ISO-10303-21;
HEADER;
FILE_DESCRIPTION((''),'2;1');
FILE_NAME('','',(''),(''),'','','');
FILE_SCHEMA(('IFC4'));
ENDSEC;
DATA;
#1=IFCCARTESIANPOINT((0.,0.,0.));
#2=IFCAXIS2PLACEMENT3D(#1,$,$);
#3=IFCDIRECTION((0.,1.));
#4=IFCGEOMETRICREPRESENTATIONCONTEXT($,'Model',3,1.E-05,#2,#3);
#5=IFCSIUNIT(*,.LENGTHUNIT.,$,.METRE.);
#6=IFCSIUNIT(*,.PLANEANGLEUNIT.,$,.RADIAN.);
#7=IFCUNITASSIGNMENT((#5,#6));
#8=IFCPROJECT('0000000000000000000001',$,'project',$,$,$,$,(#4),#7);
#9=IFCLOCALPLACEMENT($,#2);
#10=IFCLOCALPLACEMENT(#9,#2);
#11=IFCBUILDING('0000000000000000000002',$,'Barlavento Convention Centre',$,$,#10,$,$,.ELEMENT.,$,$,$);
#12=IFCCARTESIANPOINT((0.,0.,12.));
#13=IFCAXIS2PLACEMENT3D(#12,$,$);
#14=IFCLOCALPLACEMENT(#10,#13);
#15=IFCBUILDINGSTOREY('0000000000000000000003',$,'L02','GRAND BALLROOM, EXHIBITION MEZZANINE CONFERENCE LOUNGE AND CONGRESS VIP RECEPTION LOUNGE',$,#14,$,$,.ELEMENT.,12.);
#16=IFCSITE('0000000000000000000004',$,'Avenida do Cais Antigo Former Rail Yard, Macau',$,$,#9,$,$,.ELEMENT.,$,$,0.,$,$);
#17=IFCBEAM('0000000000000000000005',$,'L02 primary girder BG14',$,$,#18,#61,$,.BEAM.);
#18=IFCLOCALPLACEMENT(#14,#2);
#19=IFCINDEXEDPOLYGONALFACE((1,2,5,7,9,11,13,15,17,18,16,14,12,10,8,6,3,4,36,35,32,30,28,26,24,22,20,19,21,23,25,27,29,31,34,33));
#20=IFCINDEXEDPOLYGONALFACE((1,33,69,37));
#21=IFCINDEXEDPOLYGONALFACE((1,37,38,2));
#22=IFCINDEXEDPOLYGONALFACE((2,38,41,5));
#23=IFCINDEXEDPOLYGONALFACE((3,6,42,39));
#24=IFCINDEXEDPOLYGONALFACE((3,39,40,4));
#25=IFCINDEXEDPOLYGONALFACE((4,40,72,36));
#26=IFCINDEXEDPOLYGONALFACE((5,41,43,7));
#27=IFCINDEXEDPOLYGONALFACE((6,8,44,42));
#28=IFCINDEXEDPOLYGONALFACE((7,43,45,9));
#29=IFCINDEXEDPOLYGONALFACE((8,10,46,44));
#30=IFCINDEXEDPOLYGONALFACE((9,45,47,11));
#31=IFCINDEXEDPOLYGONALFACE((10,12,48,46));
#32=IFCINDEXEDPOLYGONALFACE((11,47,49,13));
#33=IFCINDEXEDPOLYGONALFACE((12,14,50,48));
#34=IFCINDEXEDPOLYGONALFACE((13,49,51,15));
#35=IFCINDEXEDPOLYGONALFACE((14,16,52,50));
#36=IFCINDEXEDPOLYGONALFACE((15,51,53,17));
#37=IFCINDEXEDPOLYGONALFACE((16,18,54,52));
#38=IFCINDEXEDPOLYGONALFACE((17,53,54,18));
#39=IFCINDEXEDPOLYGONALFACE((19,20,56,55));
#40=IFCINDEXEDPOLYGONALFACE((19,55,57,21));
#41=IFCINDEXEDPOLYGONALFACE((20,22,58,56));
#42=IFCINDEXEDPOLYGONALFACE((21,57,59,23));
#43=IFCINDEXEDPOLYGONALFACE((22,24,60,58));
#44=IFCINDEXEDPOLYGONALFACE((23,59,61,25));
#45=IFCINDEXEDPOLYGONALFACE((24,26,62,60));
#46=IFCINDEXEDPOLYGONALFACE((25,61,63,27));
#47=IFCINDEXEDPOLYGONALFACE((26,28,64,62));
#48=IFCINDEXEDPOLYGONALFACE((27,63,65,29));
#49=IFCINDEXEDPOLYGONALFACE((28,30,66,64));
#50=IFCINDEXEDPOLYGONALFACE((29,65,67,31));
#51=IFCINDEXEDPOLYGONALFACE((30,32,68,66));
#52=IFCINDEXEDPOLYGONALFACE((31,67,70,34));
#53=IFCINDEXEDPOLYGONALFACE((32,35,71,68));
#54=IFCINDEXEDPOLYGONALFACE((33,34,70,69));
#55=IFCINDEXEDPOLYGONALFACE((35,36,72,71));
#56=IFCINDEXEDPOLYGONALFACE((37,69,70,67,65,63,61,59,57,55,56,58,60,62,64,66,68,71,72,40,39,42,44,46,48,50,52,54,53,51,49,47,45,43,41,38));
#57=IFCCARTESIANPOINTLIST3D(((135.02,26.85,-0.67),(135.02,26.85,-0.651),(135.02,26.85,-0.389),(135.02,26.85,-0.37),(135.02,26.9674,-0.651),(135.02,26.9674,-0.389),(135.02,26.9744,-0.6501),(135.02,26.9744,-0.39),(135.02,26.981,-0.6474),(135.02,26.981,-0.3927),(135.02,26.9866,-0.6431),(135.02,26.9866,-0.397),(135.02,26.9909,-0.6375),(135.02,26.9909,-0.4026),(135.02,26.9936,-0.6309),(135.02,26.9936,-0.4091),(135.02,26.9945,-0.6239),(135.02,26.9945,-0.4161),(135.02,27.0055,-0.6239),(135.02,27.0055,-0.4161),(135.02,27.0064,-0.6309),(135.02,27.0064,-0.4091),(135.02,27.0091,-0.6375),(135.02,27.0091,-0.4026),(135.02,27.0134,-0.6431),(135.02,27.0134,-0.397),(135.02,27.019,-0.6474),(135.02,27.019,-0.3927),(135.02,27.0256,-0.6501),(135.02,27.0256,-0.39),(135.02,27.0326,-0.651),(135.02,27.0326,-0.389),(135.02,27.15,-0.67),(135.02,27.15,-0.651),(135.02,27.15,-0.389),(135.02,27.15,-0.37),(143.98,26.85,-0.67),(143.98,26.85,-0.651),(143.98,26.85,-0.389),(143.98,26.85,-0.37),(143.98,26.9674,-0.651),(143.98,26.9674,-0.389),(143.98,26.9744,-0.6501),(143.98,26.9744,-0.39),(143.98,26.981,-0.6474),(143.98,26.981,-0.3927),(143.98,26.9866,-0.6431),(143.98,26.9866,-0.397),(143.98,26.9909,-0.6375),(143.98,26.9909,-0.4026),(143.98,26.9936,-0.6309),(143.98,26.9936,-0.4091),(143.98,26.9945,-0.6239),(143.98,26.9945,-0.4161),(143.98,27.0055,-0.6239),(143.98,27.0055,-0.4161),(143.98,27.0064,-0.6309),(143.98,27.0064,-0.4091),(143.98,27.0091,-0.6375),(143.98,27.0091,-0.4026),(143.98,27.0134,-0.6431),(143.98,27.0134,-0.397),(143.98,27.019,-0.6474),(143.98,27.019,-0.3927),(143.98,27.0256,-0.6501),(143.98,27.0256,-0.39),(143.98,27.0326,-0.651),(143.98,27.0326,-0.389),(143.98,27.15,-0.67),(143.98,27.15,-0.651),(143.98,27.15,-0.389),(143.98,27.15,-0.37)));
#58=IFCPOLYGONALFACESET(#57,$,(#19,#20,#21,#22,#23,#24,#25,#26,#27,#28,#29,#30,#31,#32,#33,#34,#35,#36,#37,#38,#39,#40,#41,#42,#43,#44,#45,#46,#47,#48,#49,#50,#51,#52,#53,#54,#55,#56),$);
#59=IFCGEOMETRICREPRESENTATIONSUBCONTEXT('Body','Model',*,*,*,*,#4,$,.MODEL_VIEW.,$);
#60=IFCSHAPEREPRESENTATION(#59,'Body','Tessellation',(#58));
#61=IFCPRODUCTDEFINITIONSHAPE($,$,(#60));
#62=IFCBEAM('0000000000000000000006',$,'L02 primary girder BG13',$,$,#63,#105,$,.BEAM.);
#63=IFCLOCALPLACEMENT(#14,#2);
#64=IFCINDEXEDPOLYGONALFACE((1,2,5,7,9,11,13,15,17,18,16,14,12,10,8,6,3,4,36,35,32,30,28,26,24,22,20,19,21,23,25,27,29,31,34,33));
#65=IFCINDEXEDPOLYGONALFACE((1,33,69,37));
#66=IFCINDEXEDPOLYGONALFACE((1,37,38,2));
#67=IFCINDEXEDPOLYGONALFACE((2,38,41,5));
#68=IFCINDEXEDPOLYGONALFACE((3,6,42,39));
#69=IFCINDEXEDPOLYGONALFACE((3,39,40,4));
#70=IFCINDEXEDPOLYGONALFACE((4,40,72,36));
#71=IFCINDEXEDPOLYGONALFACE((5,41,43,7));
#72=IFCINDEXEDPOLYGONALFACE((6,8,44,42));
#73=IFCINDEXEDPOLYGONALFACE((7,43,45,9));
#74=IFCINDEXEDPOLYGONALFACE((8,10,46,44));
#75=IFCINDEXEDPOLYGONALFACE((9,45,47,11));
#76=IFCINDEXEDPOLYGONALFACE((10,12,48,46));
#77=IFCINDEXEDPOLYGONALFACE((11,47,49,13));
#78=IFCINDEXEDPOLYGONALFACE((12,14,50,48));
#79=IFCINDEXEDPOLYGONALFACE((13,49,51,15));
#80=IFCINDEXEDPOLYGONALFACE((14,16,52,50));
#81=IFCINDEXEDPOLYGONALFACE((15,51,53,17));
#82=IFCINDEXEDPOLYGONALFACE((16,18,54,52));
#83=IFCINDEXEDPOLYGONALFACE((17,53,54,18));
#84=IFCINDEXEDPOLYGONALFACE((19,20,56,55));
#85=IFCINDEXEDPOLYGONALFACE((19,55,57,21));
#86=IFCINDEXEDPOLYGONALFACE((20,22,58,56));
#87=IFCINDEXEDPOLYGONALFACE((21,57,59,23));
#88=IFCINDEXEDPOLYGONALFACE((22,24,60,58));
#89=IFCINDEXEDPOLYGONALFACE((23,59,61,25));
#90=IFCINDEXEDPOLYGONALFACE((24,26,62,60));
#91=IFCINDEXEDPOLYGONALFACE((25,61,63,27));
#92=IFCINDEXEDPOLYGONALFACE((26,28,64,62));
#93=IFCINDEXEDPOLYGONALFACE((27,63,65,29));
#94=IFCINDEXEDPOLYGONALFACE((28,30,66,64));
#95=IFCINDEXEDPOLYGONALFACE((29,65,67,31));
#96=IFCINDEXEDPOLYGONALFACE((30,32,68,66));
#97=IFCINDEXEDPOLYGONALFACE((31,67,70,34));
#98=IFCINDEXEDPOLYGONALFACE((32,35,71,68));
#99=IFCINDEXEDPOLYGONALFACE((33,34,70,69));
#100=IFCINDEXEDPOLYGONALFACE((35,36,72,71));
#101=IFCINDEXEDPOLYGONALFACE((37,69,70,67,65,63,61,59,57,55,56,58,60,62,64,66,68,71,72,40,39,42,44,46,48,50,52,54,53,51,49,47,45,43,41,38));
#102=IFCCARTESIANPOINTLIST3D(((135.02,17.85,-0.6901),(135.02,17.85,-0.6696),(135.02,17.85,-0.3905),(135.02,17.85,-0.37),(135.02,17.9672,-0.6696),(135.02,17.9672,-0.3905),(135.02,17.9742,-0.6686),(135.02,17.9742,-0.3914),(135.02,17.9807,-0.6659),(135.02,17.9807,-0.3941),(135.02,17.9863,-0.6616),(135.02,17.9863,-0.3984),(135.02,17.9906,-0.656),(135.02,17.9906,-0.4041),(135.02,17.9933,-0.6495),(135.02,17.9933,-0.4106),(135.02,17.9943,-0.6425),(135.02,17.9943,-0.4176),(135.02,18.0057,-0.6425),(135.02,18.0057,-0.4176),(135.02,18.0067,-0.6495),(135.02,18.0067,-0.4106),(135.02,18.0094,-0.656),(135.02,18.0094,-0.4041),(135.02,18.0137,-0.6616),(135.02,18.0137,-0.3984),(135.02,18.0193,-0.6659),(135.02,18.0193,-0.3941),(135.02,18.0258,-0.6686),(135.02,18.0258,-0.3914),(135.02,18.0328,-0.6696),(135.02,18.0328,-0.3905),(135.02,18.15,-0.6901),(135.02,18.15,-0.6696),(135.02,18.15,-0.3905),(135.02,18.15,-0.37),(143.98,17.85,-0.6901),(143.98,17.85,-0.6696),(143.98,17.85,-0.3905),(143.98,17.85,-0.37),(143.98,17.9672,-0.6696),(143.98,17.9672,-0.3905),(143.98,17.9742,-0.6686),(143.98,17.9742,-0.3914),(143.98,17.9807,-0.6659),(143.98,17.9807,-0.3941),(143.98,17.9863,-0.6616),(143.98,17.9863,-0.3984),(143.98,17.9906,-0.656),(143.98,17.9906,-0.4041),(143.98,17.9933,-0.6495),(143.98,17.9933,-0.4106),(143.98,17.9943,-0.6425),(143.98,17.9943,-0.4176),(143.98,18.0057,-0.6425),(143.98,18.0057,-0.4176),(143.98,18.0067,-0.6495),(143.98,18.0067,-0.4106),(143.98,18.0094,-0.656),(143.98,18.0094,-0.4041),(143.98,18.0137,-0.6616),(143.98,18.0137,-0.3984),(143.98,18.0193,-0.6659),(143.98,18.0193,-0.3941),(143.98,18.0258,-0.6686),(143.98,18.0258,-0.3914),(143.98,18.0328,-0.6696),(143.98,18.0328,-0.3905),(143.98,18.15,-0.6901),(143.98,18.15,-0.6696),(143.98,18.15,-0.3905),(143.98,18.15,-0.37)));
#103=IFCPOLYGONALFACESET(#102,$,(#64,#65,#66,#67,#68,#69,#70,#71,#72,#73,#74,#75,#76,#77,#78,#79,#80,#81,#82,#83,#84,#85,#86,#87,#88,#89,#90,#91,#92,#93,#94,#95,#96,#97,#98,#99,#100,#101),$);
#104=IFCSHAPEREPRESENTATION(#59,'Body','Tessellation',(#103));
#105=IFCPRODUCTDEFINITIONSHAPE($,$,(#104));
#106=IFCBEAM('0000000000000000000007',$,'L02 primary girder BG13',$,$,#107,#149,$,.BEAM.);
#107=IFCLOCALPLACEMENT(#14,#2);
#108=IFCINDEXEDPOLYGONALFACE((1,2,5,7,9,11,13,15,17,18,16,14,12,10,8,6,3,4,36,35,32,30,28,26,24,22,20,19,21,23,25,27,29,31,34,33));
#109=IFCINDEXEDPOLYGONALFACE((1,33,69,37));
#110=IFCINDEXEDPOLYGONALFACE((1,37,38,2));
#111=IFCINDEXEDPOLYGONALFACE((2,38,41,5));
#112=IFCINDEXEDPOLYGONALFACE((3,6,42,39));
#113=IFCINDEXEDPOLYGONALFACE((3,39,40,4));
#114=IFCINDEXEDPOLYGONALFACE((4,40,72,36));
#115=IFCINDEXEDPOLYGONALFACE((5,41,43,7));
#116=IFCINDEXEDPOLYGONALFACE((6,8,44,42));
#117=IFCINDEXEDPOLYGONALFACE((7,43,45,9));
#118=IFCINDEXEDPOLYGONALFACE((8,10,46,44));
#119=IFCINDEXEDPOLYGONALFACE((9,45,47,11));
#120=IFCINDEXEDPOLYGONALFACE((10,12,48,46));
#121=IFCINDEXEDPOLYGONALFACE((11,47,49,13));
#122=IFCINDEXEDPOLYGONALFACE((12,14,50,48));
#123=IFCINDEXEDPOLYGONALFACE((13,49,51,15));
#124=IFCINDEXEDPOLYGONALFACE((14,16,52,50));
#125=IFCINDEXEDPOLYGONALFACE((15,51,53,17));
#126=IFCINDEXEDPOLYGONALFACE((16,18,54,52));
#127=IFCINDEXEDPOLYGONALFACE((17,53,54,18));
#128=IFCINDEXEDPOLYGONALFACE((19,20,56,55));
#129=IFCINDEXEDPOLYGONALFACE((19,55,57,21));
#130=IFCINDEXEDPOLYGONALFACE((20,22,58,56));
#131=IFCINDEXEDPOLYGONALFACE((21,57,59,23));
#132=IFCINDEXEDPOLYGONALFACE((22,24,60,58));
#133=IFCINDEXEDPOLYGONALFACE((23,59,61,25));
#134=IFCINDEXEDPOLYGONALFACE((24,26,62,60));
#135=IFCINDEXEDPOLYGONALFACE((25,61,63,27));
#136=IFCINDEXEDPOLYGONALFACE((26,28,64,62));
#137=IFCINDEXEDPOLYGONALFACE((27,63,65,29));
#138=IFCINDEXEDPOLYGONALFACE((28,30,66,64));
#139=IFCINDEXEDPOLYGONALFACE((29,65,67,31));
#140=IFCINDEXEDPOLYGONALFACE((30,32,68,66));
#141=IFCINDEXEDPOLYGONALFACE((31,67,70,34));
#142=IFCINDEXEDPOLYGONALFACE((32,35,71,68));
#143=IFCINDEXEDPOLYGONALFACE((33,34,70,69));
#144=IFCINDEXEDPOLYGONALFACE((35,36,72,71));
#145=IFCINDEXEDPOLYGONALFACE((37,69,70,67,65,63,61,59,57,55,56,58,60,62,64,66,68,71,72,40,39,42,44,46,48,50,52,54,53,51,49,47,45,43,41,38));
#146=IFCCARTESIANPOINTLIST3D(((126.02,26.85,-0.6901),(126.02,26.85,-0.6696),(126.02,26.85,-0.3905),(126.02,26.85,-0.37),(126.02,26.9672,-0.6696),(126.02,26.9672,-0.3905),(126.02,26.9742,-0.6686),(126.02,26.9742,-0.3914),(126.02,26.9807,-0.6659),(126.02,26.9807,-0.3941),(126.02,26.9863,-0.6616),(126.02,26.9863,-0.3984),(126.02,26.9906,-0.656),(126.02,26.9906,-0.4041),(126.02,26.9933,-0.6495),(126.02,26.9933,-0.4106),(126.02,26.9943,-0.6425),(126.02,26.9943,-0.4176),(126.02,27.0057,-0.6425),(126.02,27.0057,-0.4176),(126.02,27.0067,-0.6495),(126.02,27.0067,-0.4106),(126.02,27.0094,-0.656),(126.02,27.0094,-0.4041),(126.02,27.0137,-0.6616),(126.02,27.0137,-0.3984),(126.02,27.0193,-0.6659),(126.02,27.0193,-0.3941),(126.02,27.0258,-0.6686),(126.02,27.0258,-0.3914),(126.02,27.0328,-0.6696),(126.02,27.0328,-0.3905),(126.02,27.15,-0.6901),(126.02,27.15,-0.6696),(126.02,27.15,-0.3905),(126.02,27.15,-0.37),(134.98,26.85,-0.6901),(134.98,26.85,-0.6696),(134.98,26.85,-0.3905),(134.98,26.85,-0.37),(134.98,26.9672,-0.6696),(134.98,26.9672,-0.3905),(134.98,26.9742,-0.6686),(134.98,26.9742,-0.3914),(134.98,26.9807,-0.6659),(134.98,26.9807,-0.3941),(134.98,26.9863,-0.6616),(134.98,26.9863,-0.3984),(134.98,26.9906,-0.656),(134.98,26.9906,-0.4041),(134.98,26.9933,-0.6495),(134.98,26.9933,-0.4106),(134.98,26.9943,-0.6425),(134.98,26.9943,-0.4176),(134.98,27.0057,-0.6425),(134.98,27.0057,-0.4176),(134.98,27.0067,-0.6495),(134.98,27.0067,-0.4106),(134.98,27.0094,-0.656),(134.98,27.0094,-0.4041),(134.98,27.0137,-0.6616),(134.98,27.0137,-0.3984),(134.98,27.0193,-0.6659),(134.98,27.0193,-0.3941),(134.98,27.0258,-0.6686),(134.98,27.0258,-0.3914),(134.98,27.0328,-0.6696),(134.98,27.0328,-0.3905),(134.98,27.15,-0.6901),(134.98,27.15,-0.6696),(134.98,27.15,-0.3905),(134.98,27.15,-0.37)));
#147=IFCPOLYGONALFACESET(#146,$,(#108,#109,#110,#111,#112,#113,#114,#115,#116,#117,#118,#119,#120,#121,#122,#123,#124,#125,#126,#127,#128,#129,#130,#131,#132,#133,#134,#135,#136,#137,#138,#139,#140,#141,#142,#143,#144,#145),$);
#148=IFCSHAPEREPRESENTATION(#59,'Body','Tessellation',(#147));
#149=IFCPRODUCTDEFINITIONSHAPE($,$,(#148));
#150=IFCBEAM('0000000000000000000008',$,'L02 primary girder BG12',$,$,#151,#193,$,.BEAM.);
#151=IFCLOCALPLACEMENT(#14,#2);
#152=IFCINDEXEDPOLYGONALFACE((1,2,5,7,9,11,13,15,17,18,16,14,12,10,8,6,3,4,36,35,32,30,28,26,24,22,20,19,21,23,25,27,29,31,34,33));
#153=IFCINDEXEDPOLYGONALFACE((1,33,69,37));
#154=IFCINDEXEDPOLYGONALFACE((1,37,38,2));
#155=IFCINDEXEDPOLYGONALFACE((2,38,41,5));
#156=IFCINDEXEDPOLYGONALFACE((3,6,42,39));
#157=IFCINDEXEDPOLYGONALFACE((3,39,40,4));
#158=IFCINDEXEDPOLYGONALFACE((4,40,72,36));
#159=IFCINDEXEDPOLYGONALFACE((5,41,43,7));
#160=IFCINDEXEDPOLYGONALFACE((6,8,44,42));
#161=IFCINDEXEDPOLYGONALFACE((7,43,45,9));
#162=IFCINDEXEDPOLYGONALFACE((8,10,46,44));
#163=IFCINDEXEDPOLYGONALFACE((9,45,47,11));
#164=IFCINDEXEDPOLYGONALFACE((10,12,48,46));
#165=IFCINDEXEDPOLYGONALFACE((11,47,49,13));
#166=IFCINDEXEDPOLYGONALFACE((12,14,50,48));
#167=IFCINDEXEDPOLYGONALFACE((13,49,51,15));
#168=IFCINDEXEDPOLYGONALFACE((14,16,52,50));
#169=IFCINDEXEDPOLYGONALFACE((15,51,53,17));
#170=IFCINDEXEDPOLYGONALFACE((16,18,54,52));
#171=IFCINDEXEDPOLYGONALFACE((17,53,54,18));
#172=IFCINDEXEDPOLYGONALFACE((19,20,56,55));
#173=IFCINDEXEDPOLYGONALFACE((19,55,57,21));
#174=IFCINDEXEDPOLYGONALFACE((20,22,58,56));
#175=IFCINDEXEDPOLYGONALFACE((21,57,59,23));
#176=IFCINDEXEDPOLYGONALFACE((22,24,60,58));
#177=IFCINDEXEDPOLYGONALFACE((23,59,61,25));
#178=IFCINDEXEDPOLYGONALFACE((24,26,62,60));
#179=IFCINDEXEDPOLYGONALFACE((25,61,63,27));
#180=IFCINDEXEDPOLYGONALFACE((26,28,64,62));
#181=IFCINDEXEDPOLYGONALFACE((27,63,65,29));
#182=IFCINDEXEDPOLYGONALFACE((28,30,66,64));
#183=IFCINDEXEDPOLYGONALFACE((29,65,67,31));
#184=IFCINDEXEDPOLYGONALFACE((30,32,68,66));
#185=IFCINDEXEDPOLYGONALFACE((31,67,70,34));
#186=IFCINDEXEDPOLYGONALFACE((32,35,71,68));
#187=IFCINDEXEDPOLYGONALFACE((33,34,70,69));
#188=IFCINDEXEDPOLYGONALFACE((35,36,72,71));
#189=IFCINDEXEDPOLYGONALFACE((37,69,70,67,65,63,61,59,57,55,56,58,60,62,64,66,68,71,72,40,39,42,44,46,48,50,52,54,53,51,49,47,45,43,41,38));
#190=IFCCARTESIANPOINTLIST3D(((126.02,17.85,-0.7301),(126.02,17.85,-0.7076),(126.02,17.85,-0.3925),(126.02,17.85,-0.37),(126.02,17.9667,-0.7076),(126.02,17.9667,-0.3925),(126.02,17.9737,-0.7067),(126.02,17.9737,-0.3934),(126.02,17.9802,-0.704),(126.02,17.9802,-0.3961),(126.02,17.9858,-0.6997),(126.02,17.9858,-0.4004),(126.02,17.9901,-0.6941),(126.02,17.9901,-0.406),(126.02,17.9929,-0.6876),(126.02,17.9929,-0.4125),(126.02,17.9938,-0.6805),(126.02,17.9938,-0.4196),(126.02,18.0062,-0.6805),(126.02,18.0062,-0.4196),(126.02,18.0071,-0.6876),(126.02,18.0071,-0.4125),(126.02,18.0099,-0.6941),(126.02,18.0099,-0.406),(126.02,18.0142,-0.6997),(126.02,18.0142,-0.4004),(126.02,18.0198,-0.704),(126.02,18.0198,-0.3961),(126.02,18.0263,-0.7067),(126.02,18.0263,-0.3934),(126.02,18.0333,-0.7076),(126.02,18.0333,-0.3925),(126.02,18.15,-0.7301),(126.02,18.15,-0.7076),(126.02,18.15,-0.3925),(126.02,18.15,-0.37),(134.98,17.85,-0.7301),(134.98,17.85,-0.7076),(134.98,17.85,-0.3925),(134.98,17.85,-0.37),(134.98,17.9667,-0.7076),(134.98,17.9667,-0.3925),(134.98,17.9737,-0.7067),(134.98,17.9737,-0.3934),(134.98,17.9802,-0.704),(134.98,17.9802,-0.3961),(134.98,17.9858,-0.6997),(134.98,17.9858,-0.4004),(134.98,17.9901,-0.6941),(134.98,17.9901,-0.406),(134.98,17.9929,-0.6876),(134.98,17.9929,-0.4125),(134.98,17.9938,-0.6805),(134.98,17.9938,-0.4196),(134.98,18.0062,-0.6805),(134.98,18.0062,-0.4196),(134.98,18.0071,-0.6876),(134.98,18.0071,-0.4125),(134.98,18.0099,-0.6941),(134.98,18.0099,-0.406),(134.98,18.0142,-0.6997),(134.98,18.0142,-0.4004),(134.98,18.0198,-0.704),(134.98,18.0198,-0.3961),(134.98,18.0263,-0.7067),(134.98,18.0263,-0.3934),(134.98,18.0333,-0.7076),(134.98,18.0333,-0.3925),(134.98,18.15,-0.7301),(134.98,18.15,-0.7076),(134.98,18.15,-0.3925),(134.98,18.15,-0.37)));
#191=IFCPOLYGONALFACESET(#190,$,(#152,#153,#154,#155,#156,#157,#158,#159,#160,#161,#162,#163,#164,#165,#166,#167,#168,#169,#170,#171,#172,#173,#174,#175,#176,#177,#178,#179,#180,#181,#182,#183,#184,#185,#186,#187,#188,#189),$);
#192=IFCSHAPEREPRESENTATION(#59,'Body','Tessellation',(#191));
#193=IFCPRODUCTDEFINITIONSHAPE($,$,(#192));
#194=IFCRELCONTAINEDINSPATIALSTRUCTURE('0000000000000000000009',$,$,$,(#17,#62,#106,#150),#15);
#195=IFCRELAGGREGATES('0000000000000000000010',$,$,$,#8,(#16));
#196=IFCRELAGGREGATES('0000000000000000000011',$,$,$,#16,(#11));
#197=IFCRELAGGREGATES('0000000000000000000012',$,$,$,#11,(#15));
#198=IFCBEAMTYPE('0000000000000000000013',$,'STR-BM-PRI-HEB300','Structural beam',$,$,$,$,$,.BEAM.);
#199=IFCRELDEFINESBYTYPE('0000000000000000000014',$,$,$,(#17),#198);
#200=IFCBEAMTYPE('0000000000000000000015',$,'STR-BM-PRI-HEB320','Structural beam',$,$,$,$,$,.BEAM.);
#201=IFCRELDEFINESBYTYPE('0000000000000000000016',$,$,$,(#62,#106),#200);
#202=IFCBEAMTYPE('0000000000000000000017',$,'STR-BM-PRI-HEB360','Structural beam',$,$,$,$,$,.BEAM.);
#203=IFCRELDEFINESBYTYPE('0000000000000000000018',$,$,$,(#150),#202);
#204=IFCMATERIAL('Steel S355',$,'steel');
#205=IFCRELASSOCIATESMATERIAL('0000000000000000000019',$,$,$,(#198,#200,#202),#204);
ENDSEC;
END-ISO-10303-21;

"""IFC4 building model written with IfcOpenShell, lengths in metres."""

from ifc_helpers import new_model, si_unit, direction, frame, origin, origin_2d, place, context, subcontext, project, spatial, i_section, extrude, material, material_profile, profile_set, type_object, element, save


model = new_model("IFC4")

# Units and contexts
model_context = context("Model", 3, precision=1e-05, world=origin(), true_north=direction((0.0, 1.0)))
body_context = subcontext(model_context, "Body", "Model", "MODEL_VIEW")
ifc_project = project(units=[si_unit("LENGTHUNIT", "METRE"), si_unit("PLANEANGLEUNIT", "RADIAN")], contexts=[model_context])

# Site, building, storey
site_placement = place(None, origin())
site = spatial("IfcSite", under=ifc_project, at=site_placement, Name="Avenida do Cais Antigo Former Rail Yard, Macau", CompositionType="ELEMENT", RefElevation=0.0)
building_placement = place(site_placement, origin())
building = spatial("IfcBuilding", under=site, at=building_placement, Name="Barlavento Convention Centre", CompositionType="ELEMENT")
storey_placement = place(building_placement, frame((0.0, 0.0, 12.0)))
storey = spatial("IfcBuildingStorey", under=building, at=storey_placement, Name="L02", Description="GRAND BALLROOM, EXHIBITION MEZZANINE CONFERENCE LOUNGE AND CONGRESS VIP RECEPTION LOUNGE", CompositionType="ELEMENT", Elevation=12.0)

# Beams
ifc_material_1 = material(Name="Steel S355", Category="steel")
ifc_material_profile_1 = material_profile(ifc_material_1, i_section(OverallWidth=0.3, OverallDepth=0.3, WebThickness=0.011, FlangeThickness=0.019, FilletRadius=0.0271, at=origin_2d()), Name="HEB 300")
ifc_profile_set_1 = profile_set([ifc_material_profile_1], Name="Steel S355")
beam_type_1 = type_object("IfcBeamType", Name="STR-BM-PRI-HEB300", Description="Structural beam", PredefinedType="BEAM", material=ifc_profile_set_1)
beam_1_placement = place(storey_placement, frame((135.02, 27.0, -0.52), z_axis=(1.0, 0.0, 0.0), x_axis=(0.0, 1.0, 0.0)))
element("IfcBeam", 1, at=beam_1_placement, inside=storey, type_object=beam_type_1, Name="L02 primary girder BG14", PredefinedType="BEAM", context=body_context, shape_type="SweptSolid", body=[
    extrude(i_section(OverallWidth=0.3, OverallDepth=0.3, WebThickness=0.011, FlangeThickness=0.019, FilletRadius=0.0271, at=origin_2d()), origin(), (0.0, 0.0, 1.0), 8.96),
])
ifc_material_profile_2 = material_profile(ifc_material_1, i_section(OverallWidth=0.3, OverallDepth=0.3201, WebThickness=0.0115, FlangeThickness=0.0205, FilletRadius=0.0271, at=origin_2d()), Name="HEB 320")
ifc_profile_set_2 = profile_set([ifc_material_profile_2], Name="Steel S355")
beam_type_2 = type_object("IfcBeamType", Name="STR-BM-PRI-HEB320", Description="Structural beam", PredefinedType="BEAM", material=ifc_profile_set_2)
for number, where, z_axis, x_axis, name in (
    (2, (135.02, 18.0, -0.53), (1.0, 0.0, 0.0), (0.0, 1.0, 0.0), "L02 primary girder BG13"),
    (3, (126.02, 27.0, -0.53), (1.0, 0.0, 0.0), (0.0, 1.0, 0.0), "L02 primary girder BG13"),
):
    element("IfcBeam", number, at=place(storey_placement, frame(where, z_axis=z_axis, x_axis=x_axis)), inside=storey, type_object=beam_type_2, Name=name, PredefinedType="BEAM", context=body_context, shape_type="SweptSolid", body=[
        extrude(i_section(OverallWidth=0.3, OverallDepth=0.3201, WebThickness=0.0115, FlangeThickness=0.0205, FilletRadius=0.0271, at=origin_2d()), origin(), (0.0, 0.0, 1.0), 8.96),
    ])
ifc_material_profile_3 = material_profile(ifc_material_1, i_section(OverallWidth=0.3, OverallDepth=0.3601, WebThickness=0.0125, FlangeThickness=0.0225, FilletRadius=0.0271, at=origin_2d()), Name="HEB 360")
ifc_profile_set_3 = profile_set([ifc_material_profile_3], Name="Steel S355")
beam_type_3 = type_object("IfcBeamType", Name="STR-BM-PRI-HEB360", Description="Structural beam", PredefinedType="BEAM", material=ifc_profile_set_3)
beam_2_placement = place(storey_placement, frame((126.02, 18.0, -0.55), z_axis=(1.0, 0.0, 0.0), x_axis=(0.0, 1.0, 0.0)))
element("IfcBeam", 4, at=beam_2_placement, inside=storey, type_object=beam_type_3, Name="L02 primary girder BG12", PredefinedType="BEAM", context=body_context, shape_type="SweptSolid", body=[
    extrude(i_section(OverallWidth=0.3, OverallDepth=0.3601, WebThickness=0.0125, FlangeThickness=0.0225, FilletRadius=0.0271, at=origin_2d()), origin(), (0.0, 0.0, 1.0), 8.96),
])

save(model, "model.ifc")
